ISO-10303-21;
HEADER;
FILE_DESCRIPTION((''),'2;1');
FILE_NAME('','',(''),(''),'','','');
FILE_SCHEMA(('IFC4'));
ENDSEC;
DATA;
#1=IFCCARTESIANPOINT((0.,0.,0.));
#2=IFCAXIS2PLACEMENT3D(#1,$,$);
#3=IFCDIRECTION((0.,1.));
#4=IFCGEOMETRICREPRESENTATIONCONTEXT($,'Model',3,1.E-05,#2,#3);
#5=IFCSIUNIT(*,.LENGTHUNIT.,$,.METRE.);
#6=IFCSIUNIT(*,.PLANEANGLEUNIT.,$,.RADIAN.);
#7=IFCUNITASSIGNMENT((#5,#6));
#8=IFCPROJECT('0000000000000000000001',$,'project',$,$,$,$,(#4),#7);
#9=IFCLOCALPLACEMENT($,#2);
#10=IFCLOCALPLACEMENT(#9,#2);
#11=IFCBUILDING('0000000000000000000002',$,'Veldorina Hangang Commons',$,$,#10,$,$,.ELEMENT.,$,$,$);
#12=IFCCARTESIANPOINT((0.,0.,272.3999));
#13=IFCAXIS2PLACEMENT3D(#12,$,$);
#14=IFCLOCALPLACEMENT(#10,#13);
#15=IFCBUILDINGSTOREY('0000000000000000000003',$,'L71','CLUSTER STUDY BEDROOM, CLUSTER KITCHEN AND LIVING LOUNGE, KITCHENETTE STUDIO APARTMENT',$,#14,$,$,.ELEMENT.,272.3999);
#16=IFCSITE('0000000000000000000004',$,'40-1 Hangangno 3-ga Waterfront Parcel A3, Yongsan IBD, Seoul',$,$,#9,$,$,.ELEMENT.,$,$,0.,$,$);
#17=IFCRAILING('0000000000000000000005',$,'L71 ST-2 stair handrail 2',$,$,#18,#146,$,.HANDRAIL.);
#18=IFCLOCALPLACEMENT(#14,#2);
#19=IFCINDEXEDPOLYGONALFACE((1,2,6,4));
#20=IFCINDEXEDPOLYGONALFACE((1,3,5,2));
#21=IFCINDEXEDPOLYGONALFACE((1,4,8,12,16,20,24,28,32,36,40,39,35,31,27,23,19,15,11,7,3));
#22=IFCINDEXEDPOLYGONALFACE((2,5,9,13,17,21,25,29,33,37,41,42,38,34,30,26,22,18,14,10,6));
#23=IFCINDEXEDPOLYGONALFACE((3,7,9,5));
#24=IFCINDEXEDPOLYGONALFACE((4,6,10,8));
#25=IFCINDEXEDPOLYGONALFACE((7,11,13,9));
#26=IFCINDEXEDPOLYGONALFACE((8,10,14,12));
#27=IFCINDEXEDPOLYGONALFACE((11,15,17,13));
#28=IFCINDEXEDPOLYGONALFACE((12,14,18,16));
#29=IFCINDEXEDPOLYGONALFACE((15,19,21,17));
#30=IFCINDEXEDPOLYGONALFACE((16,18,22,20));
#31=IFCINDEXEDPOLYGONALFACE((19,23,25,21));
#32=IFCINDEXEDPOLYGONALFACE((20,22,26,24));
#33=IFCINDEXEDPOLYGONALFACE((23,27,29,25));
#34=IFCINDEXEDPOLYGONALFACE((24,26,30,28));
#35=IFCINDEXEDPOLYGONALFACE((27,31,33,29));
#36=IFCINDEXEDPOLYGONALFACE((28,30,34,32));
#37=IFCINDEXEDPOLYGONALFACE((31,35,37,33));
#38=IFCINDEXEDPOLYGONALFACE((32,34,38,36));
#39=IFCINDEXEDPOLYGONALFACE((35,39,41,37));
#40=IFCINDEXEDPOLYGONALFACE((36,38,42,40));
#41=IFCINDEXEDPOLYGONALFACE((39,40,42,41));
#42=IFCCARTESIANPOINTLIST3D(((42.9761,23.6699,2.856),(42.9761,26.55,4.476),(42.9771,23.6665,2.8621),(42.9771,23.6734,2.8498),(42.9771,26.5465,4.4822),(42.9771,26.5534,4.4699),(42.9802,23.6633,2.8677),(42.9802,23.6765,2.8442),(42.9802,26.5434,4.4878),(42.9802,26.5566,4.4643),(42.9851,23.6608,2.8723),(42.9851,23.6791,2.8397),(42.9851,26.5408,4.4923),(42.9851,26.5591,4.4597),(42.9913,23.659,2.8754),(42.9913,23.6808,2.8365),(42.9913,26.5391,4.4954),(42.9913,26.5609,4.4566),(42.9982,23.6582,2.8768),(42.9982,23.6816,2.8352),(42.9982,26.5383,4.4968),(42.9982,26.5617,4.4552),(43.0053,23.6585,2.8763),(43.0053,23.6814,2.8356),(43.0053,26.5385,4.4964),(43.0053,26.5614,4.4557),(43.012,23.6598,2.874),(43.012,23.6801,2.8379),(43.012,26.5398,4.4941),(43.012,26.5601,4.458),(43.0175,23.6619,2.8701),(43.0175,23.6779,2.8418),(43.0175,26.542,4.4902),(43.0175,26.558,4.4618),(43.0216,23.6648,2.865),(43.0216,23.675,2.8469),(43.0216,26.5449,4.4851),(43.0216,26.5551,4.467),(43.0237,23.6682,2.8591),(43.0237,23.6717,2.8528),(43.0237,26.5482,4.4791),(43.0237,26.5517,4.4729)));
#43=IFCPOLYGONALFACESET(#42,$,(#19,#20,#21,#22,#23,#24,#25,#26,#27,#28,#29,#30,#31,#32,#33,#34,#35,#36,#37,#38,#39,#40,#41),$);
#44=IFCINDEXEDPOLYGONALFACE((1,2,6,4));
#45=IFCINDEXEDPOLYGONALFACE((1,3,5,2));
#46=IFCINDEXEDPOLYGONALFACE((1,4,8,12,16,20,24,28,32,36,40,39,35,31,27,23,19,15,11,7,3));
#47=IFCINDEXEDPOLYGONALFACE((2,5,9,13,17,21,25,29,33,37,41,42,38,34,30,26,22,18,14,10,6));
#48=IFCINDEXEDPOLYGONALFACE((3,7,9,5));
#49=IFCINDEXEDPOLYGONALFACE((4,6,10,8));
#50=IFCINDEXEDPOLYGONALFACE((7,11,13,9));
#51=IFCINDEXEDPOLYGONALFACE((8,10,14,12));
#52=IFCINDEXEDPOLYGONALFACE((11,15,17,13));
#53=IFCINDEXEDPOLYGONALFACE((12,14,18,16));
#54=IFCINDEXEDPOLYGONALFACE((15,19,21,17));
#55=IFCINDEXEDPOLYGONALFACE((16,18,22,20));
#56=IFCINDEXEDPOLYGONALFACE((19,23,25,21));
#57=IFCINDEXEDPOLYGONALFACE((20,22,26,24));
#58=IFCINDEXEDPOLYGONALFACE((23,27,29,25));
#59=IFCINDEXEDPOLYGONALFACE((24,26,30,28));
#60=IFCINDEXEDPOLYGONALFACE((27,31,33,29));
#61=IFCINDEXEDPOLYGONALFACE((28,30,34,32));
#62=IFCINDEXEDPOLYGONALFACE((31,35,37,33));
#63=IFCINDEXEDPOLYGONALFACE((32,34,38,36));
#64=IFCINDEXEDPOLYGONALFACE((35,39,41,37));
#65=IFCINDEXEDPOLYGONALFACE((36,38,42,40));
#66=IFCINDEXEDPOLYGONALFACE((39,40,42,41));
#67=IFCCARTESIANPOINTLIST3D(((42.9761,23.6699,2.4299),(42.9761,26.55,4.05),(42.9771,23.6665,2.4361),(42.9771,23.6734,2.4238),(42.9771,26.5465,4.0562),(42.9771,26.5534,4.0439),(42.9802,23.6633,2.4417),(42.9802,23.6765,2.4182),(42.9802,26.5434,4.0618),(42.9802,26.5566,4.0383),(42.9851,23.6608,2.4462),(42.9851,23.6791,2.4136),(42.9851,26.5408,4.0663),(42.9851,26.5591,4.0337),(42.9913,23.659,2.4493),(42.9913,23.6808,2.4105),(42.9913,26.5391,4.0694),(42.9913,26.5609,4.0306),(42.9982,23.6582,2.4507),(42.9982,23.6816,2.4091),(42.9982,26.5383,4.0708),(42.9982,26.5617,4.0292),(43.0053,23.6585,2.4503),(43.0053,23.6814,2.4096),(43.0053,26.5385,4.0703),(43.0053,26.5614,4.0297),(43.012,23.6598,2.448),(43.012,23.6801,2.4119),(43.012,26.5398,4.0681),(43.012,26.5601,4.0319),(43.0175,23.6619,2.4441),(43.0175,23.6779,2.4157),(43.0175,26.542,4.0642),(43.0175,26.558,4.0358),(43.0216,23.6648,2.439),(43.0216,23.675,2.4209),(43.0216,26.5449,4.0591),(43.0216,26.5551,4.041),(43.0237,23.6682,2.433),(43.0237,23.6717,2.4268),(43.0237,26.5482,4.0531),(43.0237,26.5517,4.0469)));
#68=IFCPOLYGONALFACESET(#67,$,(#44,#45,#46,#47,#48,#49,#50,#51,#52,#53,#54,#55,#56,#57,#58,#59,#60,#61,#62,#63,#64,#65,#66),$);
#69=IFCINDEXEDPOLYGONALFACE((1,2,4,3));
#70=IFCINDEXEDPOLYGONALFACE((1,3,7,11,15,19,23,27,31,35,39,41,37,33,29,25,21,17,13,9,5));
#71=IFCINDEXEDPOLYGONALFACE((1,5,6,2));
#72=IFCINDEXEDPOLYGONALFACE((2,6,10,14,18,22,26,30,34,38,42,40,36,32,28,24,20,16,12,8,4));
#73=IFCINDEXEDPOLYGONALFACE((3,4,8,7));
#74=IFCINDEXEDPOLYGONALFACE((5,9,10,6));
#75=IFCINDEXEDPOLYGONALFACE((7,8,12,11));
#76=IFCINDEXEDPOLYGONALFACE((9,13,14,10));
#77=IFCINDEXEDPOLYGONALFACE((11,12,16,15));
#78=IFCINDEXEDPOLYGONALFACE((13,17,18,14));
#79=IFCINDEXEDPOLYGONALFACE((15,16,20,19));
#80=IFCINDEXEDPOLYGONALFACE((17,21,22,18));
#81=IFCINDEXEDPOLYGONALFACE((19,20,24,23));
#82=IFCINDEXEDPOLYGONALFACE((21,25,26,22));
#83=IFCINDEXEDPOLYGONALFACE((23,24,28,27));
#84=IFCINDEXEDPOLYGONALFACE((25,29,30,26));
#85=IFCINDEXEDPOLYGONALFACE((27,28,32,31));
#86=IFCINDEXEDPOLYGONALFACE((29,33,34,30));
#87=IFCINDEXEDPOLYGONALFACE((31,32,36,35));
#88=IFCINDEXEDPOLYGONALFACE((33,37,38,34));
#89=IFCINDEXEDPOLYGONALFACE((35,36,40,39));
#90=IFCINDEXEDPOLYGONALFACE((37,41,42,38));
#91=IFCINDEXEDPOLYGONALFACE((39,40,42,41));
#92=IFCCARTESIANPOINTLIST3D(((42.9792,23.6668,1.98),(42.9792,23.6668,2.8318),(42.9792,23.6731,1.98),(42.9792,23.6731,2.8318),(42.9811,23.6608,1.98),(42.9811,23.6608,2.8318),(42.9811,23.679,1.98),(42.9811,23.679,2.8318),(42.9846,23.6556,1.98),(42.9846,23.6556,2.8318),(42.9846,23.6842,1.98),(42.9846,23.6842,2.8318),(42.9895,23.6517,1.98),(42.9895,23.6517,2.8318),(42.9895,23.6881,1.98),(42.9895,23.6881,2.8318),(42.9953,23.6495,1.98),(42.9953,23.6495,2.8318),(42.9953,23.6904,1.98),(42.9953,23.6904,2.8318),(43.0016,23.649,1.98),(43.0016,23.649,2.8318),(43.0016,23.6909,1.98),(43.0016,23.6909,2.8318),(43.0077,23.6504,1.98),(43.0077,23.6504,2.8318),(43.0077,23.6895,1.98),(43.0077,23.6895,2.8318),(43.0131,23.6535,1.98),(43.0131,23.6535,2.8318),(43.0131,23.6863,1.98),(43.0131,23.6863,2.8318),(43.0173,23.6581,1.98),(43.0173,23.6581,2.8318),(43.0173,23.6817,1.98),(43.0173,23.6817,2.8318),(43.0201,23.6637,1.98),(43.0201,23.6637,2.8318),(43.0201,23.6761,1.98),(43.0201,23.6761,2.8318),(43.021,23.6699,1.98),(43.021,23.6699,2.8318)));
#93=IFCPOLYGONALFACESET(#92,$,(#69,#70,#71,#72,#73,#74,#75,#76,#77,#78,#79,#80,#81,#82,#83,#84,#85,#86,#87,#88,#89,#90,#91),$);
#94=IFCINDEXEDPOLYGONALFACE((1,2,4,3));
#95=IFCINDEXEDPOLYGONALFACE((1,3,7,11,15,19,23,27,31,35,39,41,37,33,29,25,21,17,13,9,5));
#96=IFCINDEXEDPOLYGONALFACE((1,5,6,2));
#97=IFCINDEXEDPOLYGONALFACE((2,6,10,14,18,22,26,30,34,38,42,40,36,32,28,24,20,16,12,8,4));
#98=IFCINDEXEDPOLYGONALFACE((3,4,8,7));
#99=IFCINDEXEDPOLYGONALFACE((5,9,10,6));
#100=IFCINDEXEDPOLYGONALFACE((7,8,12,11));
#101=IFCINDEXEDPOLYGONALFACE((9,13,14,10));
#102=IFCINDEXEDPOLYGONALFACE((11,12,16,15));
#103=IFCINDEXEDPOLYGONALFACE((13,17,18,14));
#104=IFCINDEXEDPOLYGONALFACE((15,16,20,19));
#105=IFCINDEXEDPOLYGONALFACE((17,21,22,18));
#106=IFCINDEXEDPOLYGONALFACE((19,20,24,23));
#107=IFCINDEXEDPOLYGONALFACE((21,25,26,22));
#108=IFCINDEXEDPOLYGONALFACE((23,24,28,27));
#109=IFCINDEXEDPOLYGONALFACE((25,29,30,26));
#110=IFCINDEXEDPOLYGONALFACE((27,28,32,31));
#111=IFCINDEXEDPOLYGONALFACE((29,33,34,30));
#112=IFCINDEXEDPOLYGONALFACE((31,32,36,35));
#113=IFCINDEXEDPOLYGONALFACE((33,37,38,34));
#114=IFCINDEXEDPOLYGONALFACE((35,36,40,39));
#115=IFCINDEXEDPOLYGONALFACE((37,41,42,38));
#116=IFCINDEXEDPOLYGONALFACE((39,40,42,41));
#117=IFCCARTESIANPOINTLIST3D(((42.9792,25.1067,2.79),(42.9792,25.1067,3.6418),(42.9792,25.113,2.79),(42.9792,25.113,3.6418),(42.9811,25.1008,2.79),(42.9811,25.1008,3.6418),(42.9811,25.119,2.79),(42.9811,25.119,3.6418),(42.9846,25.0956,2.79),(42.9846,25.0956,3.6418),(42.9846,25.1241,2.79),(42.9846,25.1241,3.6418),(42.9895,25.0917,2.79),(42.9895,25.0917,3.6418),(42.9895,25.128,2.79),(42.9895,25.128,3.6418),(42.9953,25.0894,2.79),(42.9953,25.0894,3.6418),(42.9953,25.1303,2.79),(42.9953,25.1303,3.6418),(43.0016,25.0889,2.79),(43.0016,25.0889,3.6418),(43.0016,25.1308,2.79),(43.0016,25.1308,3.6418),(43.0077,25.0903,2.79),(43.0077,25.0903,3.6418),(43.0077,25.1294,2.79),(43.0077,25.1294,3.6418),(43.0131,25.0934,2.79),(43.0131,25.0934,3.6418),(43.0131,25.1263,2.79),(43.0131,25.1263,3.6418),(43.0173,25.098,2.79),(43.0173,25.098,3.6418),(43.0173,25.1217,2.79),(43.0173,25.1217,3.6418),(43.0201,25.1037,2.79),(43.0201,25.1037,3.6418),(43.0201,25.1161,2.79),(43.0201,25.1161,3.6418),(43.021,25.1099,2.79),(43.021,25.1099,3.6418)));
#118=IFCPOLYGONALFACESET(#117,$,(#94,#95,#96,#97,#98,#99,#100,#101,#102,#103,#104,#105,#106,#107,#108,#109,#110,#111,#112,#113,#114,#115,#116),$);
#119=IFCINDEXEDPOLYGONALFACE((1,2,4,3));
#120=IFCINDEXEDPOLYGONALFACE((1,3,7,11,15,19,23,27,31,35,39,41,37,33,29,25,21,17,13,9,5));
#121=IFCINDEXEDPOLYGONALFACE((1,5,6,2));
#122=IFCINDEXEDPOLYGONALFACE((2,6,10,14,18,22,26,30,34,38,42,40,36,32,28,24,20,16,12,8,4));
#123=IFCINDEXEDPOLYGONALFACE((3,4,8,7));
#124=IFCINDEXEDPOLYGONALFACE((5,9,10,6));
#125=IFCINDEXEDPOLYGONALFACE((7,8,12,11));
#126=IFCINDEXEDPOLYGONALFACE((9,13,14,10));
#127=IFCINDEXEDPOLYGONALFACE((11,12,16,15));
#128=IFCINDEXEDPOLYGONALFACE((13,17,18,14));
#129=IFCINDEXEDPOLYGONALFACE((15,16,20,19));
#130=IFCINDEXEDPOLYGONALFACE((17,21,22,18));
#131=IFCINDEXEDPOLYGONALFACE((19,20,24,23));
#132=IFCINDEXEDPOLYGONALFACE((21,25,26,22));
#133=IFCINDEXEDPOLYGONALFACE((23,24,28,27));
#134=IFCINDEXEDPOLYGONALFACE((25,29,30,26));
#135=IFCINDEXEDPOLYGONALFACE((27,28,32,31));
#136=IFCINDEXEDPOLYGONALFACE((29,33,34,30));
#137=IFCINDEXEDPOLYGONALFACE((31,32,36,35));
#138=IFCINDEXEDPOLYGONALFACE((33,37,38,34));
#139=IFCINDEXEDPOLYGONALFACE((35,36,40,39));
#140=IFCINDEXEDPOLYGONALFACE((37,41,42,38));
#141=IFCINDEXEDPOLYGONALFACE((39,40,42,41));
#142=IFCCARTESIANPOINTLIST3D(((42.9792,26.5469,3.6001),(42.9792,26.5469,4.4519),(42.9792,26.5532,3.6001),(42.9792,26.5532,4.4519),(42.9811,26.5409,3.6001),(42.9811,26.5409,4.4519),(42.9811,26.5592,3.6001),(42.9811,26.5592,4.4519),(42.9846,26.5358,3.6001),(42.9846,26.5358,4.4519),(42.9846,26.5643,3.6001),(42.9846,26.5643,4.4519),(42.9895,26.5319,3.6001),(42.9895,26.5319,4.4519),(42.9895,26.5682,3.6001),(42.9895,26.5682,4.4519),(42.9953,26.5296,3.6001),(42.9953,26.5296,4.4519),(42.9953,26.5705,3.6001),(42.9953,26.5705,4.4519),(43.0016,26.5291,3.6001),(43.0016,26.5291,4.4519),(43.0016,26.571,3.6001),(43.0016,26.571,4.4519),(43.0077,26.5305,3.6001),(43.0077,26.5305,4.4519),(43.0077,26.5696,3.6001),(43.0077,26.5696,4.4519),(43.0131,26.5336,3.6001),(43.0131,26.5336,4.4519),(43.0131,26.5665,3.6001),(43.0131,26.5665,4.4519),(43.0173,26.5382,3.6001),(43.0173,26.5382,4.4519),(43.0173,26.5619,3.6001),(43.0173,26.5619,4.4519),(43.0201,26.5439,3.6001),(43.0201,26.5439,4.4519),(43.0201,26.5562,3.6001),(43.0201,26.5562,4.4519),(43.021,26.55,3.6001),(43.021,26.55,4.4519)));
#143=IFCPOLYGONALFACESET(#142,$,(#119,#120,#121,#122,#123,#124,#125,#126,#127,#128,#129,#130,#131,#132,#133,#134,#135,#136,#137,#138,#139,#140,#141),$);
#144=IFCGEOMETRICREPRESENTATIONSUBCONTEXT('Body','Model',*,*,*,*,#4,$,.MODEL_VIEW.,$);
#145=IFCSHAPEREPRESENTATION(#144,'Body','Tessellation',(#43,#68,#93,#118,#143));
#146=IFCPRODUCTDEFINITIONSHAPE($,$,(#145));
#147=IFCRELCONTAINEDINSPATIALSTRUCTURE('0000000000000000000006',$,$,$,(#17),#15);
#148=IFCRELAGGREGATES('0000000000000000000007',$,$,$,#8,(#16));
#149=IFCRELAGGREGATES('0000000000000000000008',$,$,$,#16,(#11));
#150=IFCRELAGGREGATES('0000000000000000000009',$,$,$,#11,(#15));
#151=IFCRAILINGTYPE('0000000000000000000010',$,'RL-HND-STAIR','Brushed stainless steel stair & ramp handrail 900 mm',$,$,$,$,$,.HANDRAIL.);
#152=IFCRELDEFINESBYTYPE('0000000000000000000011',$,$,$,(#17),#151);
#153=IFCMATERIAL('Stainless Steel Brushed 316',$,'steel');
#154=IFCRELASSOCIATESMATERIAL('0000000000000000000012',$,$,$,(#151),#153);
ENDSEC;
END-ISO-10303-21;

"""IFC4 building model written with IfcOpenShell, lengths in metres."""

from ifc_helpers import new_model, si_unit, direction, frame, origin, origin_2d, place, context, subcontext, project, spatial, circle, extrude, material, type_object, element, save


model = new_model("IFC4")

# Units and contexts
model_context = context("Model", 3, precision=1e-05, world=origin(), true_north=direction((0.0, 1.0)))
body_context = subcontext(model_context, "Body", "Model", "MODEL_VIEW")
ifc_project = project(units=[si_unit("LENGTHUNIT", "METRE"), si_unit("PLANEANGLEUNIT", "RADIAN")], contexts=[model_context])

# Site, building, storey
site_placement = place(None, origin())
site = spatial("IfcSite", under=ifc_project, at=site_placement, Name="40-1 Hangangno 3-ga Waterfront Parcel A3, Yongsan IBD, Seoul", CompositionType="ELEMENT", RefElevation=0.0)
building_placement = place(site_placement, origin())
building = spatial("IfcBuilding", under=site, at=building_placement, Name="Veldorina Hangang Commons", CompositionType="ELEMENT")
storey_placement = place(building_placement, frame((0.0, 0.0, 272.3999)))
storey = spatial("IfcBuildingStorey", under=building, at=storey_placement, Name="L71", Description="CLUSTER STUDY BEDROOM, CLUSTER KITCHEN AND LIVING LOUNGE, KITCHENETTE STUDIO APARTMENT", CompositionType="ELEMENT", Elevation=272.3999)

# Railing
ifc_material_1 = material(Name="Stainless Steel Brushed 316", Category="steel")
railing_type_1 = type_object("IfcRailingType", Name="RL-HND-STAIR", Description="Brushed stainless steel stair & ramp handrail 900 mm", PredefinedType="HANDRAIL", material=ifc_material_1)
railing_1_placement = place(storey_placement, frame((43.0, 23.6699, 1.98)))
element("IfcRailing", 1, at=railing_1_placement, inside=storey, type_object=railing_type_1, Name="L71 ST-2 stair handrail 2", PredefinedType="HANDRAIL", context=body_context, shape_type="SweptSolid", body=[
    extrude(circle(Radius=0.0239, at=origin_2d()), frame((0.0, 0.0, 0.876), z_axis=(0.0, 0.87157, 0.490272), x_axis=(-1.0, 0.0, 0.0)), (0.0, 0.0, 1.0), 3.3044),
    extrude(circle(Radius=0.0239, at=origin_2d()), frame((0.0, 0.0, 0.45), z_axis=(0.0, 0.87157, 0.490272), x_axis=(-1.0, 0.0, 0.0)), (0.0, 0.0, 1.0), 3.3044),
    extrude(circle(Radius=0.021, at=origin_2d()), origin(), (0.0, 0.0, 1.0), 0.8518),
    extrude(circle(Radius=0.021, at=origin_2d()), frame((0.0, 1.4399, 0.8101)), (0.0, 0.0, 1.0), 0.8518),
    extrude(circle(Radius=0.021, at=origin_2d()), frame((0.0, 2.8801, 1.6201)), (0.0, 0.0, 1.0), 0.8518),
])

save(model, "model.ifc")
